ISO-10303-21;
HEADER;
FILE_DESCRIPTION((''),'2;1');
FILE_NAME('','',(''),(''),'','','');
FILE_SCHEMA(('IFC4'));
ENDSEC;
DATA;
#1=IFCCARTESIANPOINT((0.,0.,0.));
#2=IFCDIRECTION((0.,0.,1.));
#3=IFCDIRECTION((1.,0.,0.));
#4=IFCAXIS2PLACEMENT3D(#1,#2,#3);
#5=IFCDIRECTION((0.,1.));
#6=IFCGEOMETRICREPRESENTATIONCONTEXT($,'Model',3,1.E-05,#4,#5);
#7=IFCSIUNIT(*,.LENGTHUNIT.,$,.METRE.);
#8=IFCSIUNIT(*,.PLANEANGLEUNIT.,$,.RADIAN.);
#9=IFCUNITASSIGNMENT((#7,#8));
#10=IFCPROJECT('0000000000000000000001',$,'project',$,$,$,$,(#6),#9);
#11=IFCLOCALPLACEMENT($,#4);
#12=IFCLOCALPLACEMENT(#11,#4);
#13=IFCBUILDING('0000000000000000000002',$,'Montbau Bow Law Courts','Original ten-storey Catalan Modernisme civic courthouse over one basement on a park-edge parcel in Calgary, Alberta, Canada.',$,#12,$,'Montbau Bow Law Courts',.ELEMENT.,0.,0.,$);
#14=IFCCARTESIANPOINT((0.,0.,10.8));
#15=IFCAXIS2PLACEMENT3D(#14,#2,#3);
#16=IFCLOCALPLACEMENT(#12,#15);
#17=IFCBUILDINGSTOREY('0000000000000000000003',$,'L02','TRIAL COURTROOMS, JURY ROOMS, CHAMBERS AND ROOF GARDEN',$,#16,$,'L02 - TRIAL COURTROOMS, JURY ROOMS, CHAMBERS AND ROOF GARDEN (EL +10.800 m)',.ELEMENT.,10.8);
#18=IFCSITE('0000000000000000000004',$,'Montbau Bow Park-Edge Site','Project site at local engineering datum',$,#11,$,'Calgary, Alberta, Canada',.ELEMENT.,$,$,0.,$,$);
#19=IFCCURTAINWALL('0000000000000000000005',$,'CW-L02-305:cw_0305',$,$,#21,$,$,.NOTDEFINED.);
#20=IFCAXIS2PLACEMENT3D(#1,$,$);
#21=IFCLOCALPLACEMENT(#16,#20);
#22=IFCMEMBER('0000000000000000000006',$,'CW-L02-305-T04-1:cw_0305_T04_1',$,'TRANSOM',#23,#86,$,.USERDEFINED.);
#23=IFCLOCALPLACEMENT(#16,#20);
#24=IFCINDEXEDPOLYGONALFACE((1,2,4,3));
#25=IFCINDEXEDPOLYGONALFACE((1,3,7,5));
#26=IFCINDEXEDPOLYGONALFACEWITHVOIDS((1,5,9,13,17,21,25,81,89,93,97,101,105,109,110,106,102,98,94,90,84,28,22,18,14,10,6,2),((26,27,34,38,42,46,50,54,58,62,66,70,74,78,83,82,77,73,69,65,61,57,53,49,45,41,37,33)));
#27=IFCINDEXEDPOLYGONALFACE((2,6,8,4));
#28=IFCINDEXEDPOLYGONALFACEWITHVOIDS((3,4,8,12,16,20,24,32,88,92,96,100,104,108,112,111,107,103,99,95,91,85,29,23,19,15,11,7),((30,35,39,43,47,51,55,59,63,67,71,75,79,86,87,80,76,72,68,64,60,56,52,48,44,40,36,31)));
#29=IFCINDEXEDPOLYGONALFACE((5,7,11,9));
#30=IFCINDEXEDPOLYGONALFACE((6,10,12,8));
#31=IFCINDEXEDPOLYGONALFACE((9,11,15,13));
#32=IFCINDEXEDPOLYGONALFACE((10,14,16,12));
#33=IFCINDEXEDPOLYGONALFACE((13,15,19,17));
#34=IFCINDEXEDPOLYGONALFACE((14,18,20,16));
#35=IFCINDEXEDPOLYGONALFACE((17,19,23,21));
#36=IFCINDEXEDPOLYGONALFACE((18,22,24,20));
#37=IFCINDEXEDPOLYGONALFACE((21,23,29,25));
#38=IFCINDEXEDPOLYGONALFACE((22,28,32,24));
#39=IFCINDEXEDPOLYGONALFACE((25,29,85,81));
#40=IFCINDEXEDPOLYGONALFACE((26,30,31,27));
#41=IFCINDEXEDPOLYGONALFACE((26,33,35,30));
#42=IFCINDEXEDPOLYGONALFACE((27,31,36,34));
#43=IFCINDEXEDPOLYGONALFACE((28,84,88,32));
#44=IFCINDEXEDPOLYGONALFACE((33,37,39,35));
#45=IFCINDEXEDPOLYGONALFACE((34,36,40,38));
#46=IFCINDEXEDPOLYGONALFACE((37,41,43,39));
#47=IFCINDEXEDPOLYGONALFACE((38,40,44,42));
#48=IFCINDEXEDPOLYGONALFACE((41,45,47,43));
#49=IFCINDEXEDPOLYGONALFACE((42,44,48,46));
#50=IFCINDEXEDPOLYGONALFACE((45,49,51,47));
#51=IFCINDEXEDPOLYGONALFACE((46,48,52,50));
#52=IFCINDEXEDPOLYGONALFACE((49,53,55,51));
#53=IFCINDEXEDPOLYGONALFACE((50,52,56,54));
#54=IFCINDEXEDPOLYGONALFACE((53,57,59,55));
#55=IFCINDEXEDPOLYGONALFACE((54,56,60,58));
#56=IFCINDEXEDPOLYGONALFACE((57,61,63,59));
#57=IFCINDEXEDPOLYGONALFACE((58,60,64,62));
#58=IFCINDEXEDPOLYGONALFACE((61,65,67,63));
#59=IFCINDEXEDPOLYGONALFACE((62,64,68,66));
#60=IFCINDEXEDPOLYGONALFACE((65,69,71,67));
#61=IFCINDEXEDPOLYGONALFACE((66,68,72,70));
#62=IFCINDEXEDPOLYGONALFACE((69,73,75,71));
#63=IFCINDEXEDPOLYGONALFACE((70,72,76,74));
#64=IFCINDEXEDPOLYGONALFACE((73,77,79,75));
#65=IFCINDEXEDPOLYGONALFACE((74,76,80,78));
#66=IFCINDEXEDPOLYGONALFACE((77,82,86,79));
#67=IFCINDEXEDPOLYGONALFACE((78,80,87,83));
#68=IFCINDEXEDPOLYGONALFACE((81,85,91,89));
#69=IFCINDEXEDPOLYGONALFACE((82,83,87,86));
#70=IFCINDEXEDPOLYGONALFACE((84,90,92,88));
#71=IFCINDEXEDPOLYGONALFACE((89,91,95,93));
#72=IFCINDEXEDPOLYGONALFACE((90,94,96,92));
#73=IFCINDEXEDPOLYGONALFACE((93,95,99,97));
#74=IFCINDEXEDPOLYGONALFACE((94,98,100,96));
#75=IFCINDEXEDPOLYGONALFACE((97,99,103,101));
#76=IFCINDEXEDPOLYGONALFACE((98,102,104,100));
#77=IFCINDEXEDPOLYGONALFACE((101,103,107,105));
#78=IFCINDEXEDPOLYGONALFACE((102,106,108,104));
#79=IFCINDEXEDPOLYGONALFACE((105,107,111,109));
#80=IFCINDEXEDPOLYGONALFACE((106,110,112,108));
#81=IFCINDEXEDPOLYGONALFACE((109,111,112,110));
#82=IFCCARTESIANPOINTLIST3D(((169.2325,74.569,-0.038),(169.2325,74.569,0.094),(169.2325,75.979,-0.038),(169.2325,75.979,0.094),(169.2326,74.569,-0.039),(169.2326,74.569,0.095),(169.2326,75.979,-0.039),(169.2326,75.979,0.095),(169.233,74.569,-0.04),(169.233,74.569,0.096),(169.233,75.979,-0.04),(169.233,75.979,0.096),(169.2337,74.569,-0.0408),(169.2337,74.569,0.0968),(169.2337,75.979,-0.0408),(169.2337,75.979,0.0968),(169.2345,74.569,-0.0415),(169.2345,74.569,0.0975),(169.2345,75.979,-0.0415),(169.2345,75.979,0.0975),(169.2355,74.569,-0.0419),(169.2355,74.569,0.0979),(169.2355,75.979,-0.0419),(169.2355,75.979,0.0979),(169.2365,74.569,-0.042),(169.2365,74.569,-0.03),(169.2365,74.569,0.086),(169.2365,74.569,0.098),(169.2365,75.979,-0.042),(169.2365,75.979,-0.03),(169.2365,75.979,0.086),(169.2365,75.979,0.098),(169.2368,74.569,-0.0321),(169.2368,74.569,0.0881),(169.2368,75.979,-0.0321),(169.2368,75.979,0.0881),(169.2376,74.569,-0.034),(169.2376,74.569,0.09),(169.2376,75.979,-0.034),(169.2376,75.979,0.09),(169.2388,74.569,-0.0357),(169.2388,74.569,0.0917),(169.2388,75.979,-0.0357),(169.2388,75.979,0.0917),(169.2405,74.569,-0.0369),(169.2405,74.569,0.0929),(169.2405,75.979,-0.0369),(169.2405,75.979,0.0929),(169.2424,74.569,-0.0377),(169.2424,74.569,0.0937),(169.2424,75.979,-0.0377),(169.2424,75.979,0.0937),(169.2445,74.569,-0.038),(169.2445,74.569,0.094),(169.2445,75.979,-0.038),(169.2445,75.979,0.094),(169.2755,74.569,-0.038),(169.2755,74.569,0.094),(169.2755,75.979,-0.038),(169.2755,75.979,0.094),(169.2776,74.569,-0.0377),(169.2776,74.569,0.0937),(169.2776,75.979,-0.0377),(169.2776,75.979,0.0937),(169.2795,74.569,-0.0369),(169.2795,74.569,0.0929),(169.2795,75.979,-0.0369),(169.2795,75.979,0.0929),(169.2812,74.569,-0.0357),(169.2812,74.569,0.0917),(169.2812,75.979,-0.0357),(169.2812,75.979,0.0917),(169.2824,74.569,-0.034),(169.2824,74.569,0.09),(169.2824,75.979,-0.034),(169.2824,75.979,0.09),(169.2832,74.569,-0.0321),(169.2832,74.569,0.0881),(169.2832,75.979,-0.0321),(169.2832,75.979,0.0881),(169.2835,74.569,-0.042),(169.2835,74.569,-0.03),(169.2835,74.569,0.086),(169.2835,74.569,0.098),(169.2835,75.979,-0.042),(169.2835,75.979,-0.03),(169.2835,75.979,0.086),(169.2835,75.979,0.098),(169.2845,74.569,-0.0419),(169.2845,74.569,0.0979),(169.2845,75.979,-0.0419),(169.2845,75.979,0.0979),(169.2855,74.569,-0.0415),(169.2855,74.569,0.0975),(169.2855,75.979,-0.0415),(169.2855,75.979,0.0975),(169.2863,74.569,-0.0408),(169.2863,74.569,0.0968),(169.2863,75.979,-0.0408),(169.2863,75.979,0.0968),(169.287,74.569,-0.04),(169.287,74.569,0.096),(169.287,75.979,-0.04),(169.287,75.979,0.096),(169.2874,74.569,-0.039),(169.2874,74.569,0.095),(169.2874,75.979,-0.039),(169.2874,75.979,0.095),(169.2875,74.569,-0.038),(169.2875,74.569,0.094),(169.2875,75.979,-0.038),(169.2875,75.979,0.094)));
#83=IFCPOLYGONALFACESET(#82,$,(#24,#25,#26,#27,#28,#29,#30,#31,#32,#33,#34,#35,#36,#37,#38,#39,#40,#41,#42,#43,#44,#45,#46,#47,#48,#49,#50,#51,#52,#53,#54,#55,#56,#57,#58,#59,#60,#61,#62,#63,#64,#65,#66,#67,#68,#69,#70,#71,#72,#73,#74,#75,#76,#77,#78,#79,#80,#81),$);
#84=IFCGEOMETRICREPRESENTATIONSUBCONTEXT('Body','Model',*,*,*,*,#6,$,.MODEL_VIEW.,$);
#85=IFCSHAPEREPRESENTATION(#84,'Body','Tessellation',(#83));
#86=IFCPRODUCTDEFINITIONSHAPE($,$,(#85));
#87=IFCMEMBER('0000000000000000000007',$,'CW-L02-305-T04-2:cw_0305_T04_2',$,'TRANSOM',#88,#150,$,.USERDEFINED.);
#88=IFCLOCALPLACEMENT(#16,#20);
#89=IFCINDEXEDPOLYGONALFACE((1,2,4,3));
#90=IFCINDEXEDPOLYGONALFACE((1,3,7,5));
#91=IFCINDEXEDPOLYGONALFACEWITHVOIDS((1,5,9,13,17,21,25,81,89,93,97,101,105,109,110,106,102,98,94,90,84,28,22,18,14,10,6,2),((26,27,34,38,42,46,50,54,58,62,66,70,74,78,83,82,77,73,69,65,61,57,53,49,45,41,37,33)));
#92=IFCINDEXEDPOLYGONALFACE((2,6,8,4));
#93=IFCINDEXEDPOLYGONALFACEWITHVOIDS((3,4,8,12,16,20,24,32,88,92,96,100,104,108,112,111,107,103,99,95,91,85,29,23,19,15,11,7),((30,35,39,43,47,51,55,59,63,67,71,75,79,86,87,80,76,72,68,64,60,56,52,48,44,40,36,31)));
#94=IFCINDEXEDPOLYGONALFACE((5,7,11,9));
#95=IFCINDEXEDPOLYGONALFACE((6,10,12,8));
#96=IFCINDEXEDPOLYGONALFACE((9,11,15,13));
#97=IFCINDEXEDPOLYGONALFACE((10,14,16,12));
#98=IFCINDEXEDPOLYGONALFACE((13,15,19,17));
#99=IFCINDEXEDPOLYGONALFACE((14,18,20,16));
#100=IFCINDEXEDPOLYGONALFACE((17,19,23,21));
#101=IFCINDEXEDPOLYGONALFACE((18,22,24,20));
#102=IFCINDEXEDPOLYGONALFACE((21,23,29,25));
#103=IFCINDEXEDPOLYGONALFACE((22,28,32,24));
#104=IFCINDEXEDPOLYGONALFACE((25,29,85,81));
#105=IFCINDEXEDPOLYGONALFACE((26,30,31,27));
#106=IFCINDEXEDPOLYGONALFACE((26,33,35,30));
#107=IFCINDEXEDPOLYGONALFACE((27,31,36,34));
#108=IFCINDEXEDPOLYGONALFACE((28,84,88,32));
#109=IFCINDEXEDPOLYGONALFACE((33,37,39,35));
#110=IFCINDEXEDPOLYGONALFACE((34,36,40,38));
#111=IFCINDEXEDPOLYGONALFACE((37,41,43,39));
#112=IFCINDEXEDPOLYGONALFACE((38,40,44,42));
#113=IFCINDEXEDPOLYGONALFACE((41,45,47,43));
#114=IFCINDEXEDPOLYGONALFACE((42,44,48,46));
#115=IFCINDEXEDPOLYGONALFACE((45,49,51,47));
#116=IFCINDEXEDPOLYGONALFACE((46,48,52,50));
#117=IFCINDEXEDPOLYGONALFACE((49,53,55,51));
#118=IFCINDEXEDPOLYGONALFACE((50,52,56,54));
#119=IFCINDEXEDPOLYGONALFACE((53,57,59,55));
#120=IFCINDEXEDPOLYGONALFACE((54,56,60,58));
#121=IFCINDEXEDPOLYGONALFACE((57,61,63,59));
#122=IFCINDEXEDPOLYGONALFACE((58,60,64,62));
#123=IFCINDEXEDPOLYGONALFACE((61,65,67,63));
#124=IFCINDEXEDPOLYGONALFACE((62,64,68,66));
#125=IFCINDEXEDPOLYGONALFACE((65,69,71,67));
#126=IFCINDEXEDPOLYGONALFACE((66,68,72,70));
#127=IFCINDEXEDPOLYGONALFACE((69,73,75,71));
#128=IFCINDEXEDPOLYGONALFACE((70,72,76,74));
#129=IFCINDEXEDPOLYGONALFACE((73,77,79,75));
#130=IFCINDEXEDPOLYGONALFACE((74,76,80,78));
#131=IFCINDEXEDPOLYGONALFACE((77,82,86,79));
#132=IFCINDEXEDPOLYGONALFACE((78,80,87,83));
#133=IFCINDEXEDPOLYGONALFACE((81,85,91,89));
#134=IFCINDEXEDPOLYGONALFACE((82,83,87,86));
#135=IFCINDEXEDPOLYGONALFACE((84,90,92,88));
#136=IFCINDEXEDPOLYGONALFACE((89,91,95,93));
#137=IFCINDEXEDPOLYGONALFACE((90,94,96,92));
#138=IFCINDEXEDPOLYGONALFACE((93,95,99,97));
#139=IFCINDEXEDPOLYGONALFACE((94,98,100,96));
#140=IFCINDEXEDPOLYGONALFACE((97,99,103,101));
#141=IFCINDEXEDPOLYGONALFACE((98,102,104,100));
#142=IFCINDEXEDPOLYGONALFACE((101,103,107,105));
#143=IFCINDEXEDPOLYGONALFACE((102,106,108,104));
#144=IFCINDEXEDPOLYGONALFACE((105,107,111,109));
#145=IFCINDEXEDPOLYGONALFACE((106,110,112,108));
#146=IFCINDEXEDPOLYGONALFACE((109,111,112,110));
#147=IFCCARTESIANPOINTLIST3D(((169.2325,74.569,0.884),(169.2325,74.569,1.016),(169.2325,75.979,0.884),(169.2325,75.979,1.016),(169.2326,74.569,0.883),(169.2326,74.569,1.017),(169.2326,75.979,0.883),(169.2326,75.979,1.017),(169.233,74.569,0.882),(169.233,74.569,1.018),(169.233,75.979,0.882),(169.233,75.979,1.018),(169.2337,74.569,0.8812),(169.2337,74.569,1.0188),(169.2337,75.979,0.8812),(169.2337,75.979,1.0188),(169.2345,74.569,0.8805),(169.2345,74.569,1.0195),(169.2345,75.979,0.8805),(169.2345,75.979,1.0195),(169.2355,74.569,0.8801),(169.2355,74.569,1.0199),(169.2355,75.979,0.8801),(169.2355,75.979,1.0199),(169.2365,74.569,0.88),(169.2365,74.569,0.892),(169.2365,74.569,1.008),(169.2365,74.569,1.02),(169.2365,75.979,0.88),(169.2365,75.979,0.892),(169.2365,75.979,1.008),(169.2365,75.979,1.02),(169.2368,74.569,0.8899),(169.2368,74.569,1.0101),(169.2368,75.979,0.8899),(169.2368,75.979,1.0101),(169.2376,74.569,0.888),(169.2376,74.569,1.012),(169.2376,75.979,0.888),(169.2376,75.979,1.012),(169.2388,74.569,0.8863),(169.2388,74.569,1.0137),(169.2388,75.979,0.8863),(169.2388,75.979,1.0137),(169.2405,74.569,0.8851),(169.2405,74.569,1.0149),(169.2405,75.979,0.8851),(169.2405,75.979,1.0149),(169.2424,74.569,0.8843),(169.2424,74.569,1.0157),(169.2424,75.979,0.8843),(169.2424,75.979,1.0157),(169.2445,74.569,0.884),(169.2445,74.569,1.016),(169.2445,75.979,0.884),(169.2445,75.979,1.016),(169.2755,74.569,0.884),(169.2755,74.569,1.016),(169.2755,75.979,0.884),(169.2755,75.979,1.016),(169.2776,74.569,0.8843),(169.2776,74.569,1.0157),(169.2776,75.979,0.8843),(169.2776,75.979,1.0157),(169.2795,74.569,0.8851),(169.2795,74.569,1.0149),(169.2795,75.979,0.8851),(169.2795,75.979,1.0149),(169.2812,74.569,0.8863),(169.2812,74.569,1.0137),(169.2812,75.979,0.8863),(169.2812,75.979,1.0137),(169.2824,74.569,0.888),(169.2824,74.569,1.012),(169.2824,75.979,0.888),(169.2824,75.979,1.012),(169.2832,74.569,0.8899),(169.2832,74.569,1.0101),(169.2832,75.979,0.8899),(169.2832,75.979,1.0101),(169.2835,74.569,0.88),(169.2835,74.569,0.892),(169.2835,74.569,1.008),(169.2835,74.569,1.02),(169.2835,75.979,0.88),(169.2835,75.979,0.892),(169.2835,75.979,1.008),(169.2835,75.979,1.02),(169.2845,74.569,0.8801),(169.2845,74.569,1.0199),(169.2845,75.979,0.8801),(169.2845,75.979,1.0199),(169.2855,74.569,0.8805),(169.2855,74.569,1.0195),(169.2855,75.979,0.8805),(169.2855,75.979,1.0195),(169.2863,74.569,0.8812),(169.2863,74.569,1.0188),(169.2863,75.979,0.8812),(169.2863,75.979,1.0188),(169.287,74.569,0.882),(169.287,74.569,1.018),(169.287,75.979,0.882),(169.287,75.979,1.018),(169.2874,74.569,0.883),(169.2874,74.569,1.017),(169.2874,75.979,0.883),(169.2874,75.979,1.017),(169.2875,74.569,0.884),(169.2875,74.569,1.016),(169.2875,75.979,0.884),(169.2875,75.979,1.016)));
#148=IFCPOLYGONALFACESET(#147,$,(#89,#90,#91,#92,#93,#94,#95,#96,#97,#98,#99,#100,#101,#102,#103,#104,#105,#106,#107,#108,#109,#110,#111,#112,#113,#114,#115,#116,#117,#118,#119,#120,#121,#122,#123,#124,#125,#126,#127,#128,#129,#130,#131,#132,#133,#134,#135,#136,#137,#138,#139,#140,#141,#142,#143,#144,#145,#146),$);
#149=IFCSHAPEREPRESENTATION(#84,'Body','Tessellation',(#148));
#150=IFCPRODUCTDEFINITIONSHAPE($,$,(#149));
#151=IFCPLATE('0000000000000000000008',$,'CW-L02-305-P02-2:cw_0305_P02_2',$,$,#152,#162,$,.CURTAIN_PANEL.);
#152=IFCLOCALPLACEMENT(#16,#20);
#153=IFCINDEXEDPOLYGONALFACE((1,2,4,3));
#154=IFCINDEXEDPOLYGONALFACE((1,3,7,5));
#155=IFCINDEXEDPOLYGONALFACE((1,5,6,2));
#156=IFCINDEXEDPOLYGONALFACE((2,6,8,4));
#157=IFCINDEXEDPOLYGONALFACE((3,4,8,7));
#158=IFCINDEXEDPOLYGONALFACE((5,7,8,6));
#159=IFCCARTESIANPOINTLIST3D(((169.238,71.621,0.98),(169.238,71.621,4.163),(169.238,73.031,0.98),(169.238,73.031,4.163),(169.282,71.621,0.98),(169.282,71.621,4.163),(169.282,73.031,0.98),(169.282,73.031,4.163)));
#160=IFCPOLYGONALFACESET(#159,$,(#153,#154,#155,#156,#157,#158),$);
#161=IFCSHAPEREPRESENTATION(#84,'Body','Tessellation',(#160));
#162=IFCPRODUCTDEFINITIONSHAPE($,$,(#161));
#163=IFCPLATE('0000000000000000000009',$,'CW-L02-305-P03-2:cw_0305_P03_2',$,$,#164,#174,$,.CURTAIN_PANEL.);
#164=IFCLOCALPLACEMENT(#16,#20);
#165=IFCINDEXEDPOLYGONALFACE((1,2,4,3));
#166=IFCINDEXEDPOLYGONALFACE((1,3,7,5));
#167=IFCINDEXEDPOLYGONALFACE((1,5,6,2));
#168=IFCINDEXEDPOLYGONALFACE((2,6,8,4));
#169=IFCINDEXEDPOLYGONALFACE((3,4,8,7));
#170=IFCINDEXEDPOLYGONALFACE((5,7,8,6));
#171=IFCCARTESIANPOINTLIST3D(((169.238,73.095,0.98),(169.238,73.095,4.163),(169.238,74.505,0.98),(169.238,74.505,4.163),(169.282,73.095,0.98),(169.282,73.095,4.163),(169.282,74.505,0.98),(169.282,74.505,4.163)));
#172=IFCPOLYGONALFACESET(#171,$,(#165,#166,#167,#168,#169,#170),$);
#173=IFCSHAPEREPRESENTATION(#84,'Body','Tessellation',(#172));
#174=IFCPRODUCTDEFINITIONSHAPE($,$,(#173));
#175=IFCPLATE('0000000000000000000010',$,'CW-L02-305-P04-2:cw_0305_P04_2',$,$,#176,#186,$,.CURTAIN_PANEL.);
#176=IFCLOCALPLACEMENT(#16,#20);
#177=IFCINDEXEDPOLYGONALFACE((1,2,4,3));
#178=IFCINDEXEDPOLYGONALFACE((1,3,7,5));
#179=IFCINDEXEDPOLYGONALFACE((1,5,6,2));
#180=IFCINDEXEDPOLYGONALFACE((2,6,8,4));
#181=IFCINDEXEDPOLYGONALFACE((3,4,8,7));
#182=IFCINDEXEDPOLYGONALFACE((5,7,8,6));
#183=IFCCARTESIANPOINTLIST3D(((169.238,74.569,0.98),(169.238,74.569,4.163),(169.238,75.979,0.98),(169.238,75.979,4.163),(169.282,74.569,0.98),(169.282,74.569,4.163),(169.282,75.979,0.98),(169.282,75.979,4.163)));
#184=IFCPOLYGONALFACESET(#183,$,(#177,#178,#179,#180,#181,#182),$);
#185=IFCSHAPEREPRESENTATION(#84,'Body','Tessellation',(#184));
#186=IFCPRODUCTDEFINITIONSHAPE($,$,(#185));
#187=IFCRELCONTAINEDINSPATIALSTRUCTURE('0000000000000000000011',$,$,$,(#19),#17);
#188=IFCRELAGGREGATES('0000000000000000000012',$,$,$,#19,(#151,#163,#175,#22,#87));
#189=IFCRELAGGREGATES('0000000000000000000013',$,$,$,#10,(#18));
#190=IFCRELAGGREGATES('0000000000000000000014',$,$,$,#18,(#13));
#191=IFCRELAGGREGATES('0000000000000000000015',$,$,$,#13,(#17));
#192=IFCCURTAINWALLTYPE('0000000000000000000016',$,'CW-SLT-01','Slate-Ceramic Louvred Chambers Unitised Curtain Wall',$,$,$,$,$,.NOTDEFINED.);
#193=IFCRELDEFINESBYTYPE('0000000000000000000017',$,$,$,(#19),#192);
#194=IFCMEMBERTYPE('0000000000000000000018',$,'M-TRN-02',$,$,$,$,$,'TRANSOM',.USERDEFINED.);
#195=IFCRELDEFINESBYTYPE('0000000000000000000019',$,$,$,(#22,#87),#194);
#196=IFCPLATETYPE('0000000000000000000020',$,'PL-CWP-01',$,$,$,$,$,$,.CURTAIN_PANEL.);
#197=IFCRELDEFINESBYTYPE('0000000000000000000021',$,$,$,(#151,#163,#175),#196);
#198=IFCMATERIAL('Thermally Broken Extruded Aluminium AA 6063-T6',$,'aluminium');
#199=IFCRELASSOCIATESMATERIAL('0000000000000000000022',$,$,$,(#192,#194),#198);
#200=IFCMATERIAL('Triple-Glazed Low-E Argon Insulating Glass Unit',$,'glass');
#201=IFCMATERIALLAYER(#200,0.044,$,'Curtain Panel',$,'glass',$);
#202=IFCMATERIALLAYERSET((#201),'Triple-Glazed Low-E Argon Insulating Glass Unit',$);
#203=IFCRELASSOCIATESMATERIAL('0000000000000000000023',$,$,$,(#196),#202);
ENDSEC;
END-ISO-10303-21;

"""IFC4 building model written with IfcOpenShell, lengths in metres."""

from ifc_helpers import new_model, si_unit, direction, frame, frame_2d, origin_with_axes, origin_2d_with_axis, place, context, subcontext, project, spatial, rectangle, hollow_rectangle, extrude, material, layer, layer_set, material_profile, profile_set, type_object, element, aggregate, save


model = new_model("IFC4")

# Units and contexts
model_context = context("Model", 3, precision=1e-05, world=origin_with_axes(), true_north=direction((0.0, 1.0)))
body_context = subcontext(model_context, "Body", "Model", "MODEL_VIEW")
ifc_project = project(units=[si_unit("LENGTHUNIT", "METRE"), si_unit("PLANEANGLEUNIT", "RADIAN")], contexts=[model_context])

# Site, building, storey
site_placement = place(None, origin_with_axes())
site = spatial("IfcSite", under=ifc_project, at=site_placement, Name="Montbau Bow Park-Edge Site", Description="Project site at local engineering datum", LongName="Calgary, Alberta, Canada", CompositionType="ELEMENT", RefElevation=0.0)
building_placement = place(site_placement, origin_with_axes())
building = spatial("IfcBuilding", under=site, at=building_placement, Name="Montbau Bow Law Courts", Description="Original ten-storey Catalan Modernisme civic courthouse over one basement on a park-edge parcel in Calgary, Alberta, Canada.", LongName="Montbau Bow Law Courts", CompositionType="ELEMENT", ElevationOfRefHeight=0.0, ElevationOfTerrain=0.0)
storey_placement = place(building_placement, frame((0.0, 0.0, 10.8), z_axis=(0.0, 0.0, 1.0), x_axis=(1.0, 0.0, 0.0)))
storey = spatial("IfcBuildingStorey", under=building, at=storey_placement, Name="L02", Description="TRIAL COURTROOMS, JURY ROOMS, CHAMBERS AND ROOF GARDEN", LongName="L02 - TRIAL COURTROOMS, JURY ROOMS, CHAMBERS AND ROOF GARDEN (EL +10.800 m)", CompositionType="ELEMENT", Elevation=10.8)

# Curtain wall, members, plates
ifc_material_1 = material(Name="Thermally Broken Extruded Aluminium AA 6063-T6", Category="aluminium")
curtain_wall_type = type_object("IfcCurtainWallType", Name="CW-SLT-01", Description="Slate-Ceramic Louvred Chambers Unitised Curtain Wall", PredefinedType="NOTDEFINED", material=ifc_material_1)
curtain_wall_placement = place(None, frame((169.26, 70.115, 10.8), z_axis=(0.0, 0.0, 1.0), x_axis=(1.0, 0.0, 0.0)))
curtain_wall = element("IfcCurtainWall", 1, at=curtain_wall_placement, inside=storey, type_object=curtain_wall_type, Name="CW-L02-305:cw_0305", PredefinedType="NOTDEFINED")
ifc_material_profile_1 = material_profile(ifc_material_1, hollow_rectangle(XDim=0.055, YDim=0.14, WallThickness=0.004, InnerFilletRadius=0.008, OuterFilletRadius=0.004, at=origin_2d_with_axis()), Name="CWT-140X55", Category="Main", Priority=0)
ifc_profile_set_1 = profile_set([ifc_material_profile_1], Name="Thermally Broken Extruded Aluminium AA 6063-T6")
member_type_1 = type_object("IfcMemberType", Name="M-TRN-02", ElementType="TRANSOM", PredefinedType="USERDEFINED", material=ifc_profile_set_1)
member_1_placement = place(None, frame((169.26, 74.569, 10.828), z_axis=(0.0, 1.0, 0.0), x_axis=(-1.0, 0.0, 0.0)))
member_1 = element("IfcMember", 2, at=member_1_placement, type_object=member_type_1, Name="CW-L02-305-T04-1:cw_0305_T04_1", ObjectType="TRANSOM", PredefinedType="USERDEFINED", context=body_context, shape_type="SweptSolid", body=[
    extrude(hollow_rectangle(XDim=0.055, YDim=0.14, WallThickness=0.004, InnerFilletRadius=0.008, OuterFilletRadius=0.004, at=origin_2d_with_axis()), origin_with_axes(), (0.0, 0.0, 1.0), 1.41),
])
member_2_placement = place(None, frame((169.26, 74.569, 11.75), z_axis=(0.0, 1.0, 0.0), x_axis=(-1.0, 0.0, 0.0)))
member_2 = element("IfcMember", 3, at=member_2_placement, type_object=member_type_1, Name="CW-L02-305-T04-2:cw_0305_T04_2", ObjectType="TRANSOM", PredefinedType="USERDEFINED", context=body_context, shape_type="SweptSolid", body=[
    extrude(hollow_rectangle(XDim=0.055, YDim=0.14, WallThickness=0.004, InnerFilletRadius=0.008, OuterFilletRadius=0.004, at=origin_2d_with_axis()), origin_with_axes(), (0.0, 0.0, 1.0), 1.41),
])
ifc_material_2 = material(Name="Triple-Glazed Low-E Argon Insulating Glass Unit", Category="glass")
ifc_layer_1 = layer(ifc_material_2, 0.044, Name="Curtain Panel", Category="glass")
ifc_layer_set_1 = layer_set([ifc_layer_1], Name="Triple-Glazed Low-E Argon Insulating Glass Unit")
plate_type_1 = type_object("IfcPlateType", Name="PL-CWP-01", PredefinedType="CURTAIN_PANEL", material=ifc_layer_set_1)
plate_1_placement = place(None, frame((169.26, 71.621, 11.78), z_axis=(1.0, 0.0, 0.0), x_axis=(0.0, 1.0, 0.0)))
plate_1 = element("IfcPlate", 4, at=plate_1_placement, type_object=plate_type_1, Name="CW-L02-305-P02-2:cw_0305_P02_2", PredefinedType="CURTAIN_PANEL", context=body_context, shape_type="SweptSolid", body=[
    extrude(rectangle(XDim=1.41, YDim=3.183, at=frame_2d((0.705, 1.5915), x_axis=(1.0, 0.0))), frame((0.0, 0.0, -0.022), z_axis=(0.0, 0.0, 1.0), x_axis=(1.0, 0.0, 0.0)), (0.0, 0.0, 1.0), 0.044),
])
plate_2_placement = place(None, frame((169.26, 73.095, 11.78), z_axis=(1.0, 0.0, 0.0), x_axis=(0.0, 1.0, 0.0)))
plate_2 = element("IfcPlate", 5, at=plate_2_placement, type_object=plate_type_1, Name="CW-L02-305-P03-2:cw_0305_P03_2", PredefinedType="CURTAIN_PANEL", context=body_context, shape_type="SweptSolid", body=[
    extrude(rectangle(XDim=1.41, YDim=3.183, at=frame_2d((0.705, 1.5915), x_axis=(1.0, 0.0))), frame((0.0, 0.0, -0.022), z_axis=(0.0, 0.0, 1.0), x_axis=(1.0, 0.0, 0.0)), (0.0, 0.0, 1.0), 0.044),
])
plate_3_placement = place(None, frame((169.26, 74.569, 11.78), z_axis=(1.0, 0.0, 0.0), x_axis=(0.0, 1.0, 0.0)))
plate_3 = element("IfcPlate", 6, at=plate_3_placement, type_object=plate_type_1, Name="CW-L02-305-P04-2:cw_0305_P04_2", PredefinedType="CURTAIN_PANEL", context=body_context, shape_type="SweptSolid", body=[
    extrude(rectangle(XDim=1.41, YDim=3.183, at=frame_2d((0.705, 1.5915), x_axis=(1.0, 0.0))), frame((0.0, 0.0, -0.022), z_axis=(0.0, 0.0, 1.0), x_axis=(1.0, 0.0, 0.0)), (0.0, 0.0, 1.0), 0.044),
])
aggregate(curtain_wall, [plate_1, plate_2, plate_3, member_1, member_2])

save(model, "model.ifc")
